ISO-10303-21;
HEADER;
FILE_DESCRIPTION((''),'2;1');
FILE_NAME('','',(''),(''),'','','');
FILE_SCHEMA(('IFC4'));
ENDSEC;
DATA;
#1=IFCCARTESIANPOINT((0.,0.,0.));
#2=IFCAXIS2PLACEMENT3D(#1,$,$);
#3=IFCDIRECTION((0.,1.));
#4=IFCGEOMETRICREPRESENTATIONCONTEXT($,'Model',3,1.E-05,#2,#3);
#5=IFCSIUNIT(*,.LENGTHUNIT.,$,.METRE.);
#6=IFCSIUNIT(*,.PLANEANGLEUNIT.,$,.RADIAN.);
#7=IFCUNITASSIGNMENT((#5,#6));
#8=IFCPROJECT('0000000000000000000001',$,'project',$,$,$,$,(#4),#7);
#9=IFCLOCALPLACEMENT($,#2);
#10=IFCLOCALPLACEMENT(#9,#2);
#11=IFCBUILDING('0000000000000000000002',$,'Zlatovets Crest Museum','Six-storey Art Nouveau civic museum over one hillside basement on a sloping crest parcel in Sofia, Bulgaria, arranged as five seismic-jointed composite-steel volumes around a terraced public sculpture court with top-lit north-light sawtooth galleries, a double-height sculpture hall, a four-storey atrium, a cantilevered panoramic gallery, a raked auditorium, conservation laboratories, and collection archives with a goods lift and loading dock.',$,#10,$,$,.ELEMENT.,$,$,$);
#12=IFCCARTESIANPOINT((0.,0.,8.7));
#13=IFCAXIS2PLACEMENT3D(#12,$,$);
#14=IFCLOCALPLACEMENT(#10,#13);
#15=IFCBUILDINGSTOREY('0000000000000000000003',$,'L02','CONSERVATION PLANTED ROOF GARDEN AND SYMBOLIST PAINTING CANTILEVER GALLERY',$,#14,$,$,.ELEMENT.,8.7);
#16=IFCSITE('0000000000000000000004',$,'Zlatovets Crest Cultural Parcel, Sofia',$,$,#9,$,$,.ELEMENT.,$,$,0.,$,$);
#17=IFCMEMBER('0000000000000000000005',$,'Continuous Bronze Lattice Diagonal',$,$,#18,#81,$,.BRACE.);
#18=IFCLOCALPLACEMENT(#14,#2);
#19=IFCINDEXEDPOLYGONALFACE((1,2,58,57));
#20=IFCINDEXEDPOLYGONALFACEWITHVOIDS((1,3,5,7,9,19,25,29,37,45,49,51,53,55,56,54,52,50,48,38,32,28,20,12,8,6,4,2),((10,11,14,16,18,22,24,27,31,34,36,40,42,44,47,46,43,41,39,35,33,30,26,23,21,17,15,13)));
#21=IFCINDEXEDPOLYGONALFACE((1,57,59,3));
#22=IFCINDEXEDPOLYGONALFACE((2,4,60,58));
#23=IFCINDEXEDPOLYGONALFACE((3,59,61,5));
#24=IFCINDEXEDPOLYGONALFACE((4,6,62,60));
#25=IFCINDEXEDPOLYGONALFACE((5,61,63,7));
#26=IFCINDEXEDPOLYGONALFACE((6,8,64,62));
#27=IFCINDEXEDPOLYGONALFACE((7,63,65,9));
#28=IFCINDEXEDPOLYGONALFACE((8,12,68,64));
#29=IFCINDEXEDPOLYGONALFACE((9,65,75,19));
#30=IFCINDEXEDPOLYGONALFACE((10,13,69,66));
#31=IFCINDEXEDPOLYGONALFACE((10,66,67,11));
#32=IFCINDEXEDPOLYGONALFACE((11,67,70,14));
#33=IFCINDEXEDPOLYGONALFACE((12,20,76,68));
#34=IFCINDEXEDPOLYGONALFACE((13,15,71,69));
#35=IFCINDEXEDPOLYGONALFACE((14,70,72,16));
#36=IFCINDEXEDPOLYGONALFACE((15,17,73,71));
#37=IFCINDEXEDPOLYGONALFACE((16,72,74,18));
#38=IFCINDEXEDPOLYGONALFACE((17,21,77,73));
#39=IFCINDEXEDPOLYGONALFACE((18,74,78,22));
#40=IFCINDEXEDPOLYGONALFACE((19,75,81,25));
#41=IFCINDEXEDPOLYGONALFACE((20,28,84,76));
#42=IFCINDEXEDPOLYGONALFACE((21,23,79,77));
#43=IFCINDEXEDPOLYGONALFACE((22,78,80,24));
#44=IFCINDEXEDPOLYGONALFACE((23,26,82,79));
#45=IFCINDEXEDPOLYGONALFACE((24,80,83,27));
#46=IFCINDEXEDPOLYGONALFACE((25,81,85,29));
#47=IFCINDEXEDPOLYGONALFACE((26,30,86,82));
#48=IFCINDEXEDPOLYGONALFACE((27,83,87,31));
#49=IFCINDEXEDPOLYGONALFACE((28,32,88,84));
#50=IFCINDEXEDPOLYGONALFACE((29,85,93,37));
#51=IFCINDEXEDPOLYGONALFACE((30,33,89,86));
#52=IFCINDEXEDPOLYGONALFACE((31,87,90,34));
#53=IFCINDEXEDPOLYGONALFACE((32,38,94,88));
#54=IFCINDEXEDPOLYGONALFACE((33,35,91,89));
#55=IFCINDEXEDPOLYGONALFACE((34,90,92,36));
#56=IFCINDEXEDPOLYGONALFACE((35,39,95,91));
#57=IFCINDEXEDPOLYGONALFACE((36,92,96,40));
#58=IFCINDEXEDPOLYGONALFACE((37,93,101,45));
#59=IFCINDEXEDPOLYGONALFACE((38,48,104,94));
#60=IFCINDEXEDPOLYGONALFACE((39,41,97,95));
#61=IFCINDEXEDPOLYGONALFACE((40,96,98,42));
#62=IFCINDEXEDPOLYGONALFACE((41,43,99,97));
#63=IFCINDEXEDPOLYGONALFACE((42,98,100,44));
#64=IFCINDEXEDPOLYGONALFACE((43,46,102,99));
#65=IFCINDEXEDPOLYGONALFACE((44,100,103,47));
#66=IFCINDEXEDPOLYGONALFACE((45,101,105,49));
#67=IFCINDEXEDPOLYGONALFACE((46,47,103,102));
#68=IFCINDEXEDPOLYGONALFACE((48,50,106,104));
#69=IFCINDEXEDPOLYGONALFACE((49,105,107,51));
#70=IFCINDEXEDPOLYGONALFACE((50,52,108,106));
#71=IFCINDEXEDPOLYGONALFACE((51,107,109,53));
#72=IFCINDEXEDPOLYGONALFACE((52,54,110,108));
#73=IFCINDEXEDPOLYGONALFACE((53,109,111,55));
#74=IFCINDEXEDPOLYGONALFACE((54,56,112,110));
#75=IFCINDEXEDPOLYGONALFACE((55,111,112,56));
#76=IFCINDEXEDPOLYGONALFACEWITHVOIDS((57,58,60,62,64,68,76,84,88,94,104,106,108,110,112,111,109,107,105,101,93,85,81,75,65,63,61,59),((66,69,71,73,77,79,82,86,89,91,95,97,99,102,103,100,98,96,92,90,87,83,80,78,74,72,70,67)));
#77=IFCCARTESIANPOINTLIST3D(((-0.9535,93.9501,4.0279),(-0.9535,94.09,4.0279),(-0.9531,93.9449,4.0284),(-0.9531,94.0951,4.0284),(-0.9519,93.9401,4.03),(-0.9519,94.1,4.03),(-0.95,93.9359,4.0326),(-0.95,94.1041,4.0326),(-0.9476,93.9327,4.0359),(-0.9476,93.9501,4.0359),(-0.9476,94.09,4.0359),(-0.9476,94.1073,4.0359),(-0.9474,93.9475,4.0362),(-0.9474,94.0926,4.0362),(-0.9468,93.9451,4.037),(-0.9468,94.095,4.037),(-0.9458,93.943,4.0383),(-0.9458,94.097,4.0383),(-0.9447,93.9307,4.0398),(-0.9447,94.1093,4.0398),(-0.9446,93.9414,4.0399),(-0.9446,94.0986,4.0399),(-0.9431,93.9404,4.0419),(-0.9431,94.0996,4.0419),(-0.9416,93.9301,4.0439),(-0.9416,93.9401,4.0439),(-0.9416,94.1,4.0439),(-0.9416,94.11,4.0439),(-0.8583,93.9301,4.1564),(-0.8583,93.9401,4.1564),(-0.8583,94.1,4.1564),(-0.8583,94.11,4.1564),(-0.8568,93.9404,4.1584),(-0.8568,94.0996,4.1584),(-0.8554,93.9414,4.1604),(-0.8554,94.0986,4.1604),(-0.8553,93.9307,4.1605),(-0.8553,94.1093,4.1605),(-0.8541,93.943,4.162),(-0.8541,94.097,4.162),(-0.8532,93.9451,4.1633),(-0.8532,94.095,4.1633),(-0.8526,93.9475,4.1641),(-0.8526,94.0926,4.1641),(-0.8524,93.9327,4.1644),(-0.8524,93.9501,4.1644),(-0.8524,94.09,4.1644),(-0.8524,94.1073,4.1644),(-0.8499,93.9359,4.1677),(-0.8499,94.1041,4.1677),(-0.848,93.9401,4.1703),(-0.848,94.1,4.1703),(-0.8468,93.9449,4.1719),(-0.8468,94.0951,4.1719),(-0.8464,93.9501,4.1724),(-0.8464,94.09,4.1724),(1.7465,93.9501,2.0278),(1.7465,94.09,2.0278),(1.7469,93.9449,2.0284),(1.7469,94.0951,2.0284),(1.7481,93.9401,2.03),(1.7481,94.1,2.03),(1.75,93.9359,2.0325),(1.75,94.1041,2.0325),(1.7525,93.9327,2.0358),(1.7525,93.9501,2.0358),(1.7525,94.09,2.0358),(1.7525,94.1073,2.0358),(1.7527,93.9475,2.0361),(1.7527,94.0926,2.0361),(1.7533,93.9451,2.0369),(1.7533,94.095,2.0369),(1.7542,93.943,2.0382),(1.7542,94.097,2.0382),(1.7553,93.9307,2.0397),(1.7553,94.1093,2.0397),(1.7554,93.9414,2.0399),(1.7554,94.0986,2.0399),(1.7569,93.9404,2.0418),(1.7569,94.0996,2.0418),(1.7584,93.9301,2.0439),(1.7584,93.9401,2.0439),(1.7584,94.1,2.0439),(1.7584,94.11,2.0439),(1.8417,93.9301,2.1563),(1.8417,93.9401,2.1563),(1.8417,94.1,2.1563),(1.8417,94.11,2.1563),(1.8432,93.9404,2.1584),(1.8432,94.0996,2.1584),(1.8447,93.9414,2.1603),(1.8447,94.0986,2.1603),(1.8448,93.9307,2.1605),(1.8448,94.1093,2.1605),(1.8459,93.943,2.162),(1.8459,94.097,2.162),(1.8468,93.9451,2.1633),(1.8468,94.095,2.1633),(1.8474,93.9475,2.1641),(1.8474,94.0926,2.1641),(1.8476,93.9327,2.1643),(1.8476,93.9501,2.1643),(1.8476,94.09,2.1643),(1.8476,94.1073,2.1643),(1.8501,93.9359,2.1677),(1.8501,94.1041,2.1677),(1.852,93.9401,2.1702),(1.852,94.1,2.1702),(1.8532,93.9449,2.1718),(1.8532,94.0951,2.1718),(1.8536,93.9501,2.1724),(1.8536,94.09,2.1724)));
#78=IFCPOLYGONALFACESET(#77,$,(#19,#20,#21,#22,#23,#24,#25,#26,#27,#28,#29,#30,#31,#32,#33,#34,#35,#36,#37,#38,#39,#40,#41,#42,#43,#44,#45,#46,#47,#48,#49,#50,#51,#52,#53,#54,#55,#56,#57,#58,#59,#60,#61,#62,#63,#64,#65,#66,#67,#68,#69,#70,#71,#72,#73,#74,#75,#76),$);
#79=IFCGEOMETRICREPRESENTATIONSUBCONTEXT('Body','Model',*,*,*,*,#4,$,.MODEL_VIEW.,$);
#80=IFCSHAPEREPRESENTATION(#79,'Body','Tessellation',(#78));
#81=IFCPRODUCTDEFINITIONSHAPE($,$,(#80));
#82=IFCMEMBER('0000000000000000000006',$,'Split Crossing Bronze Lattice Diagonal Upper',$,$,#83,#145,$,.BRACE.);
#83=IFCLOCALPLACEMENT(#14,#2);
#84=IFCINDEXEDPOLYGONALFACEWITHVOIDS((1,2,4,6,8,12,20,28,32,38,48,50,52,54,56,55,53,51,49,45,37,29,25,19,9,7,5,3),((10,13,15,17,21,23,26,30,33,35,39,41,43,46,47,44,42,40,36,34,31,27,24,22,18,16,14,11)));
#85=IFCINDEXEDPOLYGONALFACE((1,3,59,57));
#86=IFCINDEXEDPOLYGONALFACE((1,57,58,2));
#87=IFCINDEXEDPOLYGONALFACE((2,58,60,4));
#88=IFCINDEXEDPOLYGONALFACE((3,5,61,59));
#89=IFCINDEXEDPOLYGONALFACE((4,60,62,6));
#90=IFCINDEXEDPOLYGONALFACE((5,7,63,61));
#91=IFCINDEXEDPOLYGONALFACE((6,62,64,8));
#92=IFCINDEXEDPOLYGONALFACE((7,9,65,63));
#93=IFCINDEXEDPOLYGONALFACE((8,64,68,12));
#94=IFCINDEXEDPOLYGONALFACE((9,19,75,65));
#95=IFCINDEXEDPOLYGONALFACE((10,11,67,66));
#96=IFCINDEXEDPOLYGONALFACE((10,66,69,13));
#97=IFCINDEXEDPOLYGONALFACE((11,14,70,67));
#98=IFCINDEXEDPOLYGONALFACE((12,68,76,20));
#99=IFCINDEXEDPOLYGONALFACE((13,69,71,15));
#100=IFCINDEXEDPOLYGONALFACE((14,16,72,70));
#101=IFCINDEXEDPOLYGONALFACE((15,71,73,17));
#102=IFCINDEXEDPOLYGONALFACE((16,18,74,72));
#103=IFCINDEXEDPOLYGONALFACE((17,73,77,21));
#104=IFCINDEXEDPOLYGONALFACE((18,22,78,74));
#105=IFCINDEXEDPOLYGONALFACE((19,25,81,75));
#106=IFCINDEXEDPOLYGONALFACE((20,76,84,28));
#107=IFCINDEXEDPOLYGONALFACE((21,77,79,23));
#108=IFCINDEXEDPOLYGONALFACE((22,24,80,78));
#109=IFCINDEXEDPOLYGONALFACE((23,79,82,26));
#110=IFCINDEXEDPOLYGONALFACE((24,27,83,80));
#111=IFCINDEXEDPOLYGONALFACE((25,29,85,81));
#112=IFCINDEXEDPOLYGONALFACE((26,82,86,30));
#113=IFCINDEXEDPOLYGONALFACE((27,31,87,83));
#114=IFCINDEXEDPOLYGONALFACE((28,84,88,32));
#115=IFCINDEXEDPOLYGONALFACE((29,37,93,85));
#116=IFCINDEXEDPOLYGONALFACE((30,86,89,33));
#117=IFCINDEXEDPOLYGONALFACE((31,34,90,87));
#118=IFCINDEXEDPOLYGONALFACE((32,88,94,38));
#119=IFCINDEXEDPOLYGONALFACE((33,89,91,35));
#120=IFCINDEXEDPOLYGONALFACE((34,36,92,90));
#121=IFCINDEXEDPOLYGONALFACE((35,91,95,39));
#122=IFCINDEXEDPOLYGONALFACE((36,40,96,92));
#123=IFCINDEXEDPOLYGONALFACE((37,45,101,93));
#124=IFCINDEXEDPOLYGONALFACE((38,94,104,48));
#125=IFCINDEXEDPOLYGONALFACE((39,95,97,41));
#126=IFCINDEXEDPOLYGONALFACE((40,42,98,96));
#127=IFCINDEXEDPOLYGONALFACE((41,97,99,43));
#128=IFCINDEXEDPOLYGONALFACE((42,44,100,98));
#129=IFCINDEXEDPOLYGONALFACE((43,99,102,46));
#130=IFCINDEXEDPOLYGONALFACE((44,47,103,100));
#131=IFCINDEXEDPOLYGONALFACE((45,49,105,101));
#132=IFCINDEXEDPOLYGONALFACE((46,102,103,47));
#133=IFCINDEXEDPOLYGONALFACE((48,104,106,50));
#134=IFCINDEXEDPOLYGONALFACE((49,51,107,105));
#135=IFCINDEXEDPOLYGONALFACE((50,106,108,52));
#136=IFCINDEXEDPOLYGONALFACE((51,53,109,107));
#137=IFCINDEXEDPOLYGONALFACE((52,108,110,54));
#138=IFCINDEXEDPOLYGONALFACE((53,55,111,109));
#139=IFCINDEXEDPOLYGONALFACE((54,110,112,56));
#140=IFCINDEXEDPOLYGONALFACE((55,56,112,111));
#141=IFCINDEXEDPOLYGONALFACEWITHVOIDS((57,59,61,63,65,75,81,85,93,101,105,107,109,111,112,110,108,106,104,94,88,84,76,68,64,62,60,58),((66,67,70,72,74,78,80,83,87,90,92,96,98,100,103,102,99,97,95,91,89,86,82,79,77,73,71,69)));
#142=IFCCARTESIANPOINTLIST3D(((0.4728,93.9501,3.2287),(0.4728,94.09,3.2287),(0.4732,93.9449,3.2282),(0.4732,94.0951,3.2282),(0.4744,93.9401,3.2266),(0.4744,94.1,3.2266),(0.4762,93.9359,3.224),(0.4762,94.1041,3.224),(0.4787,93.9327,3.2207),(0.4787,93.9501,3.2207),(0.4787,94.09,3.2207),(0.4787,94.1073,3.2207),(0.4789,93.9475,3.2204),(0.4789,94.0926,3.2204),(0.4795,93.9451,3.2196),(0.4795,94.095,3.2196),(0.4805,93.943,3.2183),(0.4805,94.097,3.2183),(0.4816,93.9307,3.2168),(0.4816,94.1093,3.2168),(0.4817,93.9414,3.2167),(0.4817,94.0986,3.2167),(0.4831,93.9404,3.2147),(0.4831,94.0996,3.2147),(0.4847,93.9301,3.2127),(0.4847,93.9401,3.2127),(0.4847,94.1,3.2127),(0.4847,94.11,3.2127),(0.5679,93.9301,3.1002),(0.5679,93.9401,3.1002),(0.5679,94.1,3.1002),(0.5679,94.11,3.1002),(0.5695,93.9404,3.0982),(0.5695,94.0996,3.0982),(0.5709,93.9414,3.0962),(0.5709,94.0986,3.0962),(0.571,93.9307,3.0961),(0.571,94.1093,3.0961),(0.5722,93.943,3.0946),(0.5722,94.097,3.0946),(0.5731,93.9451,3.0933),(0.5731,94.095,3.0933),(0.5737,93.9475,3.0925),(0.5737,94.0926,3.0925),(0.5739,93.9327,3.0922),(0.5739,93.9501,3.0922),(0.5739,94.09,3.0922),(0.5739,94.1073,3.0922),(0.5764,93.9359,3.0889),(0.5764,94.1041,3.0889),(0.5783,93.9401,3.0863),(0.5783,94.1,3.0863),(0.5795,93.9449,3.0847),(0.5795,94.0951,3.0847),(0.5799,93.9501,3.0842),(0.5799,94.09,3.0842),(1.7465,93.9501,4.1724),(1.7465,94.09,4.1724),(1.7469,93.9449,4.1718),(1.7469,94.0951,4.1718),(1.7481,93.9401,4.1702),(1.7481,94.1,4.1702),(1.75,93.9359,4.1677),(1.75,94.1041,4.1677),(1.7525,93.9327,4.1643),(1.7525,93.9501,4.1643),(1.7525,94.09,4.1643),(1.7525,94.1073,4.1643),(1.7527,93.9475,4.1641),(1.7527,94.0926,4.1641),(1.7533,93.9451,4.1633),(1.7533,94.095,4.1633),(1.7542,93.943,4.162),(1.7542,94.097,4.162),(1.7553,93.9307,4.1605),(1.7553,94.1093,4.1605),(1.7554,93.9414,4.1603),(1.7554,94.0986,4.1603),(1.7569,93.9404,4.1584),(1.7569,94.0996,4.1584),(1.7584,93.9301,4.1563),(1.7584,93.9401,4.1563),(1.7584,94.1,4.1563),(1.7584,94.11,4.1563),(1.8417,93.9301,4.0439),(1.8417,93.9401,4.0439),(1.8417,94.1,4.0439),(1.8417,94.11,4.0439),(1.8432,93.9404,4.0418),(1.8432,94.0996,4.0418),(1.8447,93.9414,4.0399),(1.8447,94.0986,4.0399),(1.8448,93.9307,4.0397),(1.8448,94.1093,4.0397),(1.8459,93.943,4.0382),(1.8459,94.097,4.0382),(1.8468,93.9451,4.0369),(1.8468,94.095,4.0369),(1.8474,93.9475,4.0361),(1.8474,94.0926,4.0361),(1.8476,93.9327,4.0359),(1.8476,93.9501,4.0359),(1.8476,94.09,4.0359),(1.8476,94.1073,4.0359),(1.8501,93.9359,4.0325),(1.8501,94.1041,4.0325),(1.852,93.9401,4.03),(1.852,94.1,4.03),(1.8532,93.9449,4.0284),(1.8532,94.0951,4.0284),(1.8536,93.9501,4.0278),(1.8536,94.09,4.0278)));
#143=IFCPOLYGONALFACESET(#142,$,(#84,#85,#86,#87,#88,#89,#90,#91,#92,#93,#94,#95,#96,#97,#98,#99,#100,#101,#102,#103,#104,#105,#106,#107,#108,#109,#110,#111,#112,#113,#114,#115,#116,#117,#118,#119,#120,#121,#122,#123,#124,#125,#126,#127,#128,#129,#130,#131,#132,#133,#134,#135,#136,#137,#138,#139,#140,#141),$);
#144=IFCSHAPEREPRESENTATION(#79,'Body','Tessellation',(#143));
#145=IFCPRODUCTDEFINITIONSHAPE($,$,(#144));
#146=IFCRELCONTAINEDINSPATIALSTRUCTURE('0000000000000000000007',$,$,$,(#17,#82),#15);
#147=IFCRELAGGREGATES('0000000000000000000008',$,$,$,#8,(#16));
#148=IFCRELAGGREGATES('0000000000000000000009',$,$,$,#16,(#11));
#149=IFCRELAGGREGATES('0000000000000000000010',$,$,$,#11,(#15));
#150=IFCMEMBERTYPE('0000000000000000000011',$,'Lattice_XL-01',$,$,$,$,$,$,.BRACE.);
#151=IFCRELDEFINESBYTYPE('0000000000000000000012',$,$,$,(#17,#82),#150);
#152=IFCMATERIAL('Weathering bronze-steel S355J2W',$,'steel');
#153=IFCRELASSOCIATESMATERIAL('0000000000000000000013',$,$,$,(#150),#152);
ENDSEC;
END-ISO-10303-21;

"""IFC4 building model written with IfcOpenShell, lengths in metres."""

from ifc_helpers import new_model, si_unit, direction, frame, origin, origin_2d, place, context, subcontext, project, spatial, hollow_rectangle, extrude, material, material_profile, profile_set, type_object, element, save


model = new_model("IFC4")

# Units and contexts
model_context = context("Model", 3, precision=1e-05, world=origin(), true_north=direction((0.0, 1.0)))
body_context = subcontext(model_context, "Body", "Model", "MODEL_VIEW")
ifc_project = project(units=[si_unit("LENGTHUNIT", "METRE"), si_unit("PLANEANGLEUNIT", "RADIAN")], contexts=[model_context])

# Site, building, storey
site_placement = place(None, origin())
site = spatial("IfcSite", under=ifc_project, at=site_placement, Name="Zlatovets Crest Cultural Parcel, Sofia", CompositionType="ELEMENT", RefElevation=0.0)
building_placement = place(site_placement, origin())
building = spatial("IfcBuilding", under=site, at=building_placement, Name="Zlatovets Crest Museum", Description="Six-storey Art Nouveau civic museum over one hillside basement on a sloping crest parcel in Sofia, Bulgaria, arranged as five seismic-jointed composite-steel volumes around a terraced public sculpture court with top-lit north-light sawtooth galleries, a double-height sculpture hall, a four-storey atrium, a cantilevered panoramic gallery, a raked auditorium, conservation laboratories, and collection archives with a goods lift and loading dock.", CompositionType="ELEMENT")
storey_placement = place(building_placement, frame((0.0, 0.0, 8.7)))
storey = spatial("IfcBuildingStorey", under=building, at=storey_placement, Name="L02", Description="CONSERVATION PLANTED ROOF GARDEN AND SYMBOLIST PAINTING CANTILEVER GALLERY", CompositionType="ELEMENT", Elevation=8.7)

# Members
ifc_material_1 = material(Name="Weathering bronze-steel S355J2W", Category="steel")
ifc_material_profile_1 = material_profile(ifc_material_1, hollow_rectangle(XDim=0.1799, YDim=0.1799, WallThickness=0.01, InnerFilletRadius=0.01, OuterFilletRadius=0.02, at=origin_2d()), Name="SHS 180x180x10.0")
ifc_profile_set_1 = profile_set([ifc_material_profile_1], Name="Weathering bronze-steel S355J2W")
member_type_1 = type_object("IfcMemberType", Name="Lattice_XL-01", PredefinedType="BRACE", material=ifc_profile_set_1)
member_1_placement = place(storey_placement, frame((1.8, 94.02, 2.1001), z_axis=(-0.803552, 0.0, 0.595235), x_axis=(0.0, -1.0, 0.0)))
element("IfcMember", 1, at=member_1_placement, inside=storey, type_object=member_type_1, Name="Continuous Bronze Lattice Diagonal", PredefinedType="BRACE", context=body_context, shape_type="SweptSolid", body=[
    extrude(hollow_rectangle(XDim=0.1799, YDim=0.1799, WallThickness=0.01, InnerFilletRadius=0.01, OuterFilletRadius=0.02, at=origin_2d()), origin(), (0.0, 0.0, 1.0), 3.3601),
])
member_2_placement = place(storey_placement, frame((1.8, 94.02, 4.1001), z_axis=(-0.803516, 0.0, -0.595283), x_axis=(0.0, -1.0, 0.0)))
element("IfcMember", 2, at=member_2_placement, inside=storey, type_object=member_type_1, Name="Split Crossing Bronze Lattice Diagonal Upper", PredefinedType="BRACE", context=body_context, shape_type="SweptSolid", body=[
    extrude(hollow_rectangle(XDim=0.1799, YDim=0.1799, WallThickness=0.01, InnerFilletRadius=0.01, OuterFilletRadius=0.02, at=origin_2d()), origin(), (0.0, 0.0, 1.0), 1.5852),
])

save(model, "model.ifc")
